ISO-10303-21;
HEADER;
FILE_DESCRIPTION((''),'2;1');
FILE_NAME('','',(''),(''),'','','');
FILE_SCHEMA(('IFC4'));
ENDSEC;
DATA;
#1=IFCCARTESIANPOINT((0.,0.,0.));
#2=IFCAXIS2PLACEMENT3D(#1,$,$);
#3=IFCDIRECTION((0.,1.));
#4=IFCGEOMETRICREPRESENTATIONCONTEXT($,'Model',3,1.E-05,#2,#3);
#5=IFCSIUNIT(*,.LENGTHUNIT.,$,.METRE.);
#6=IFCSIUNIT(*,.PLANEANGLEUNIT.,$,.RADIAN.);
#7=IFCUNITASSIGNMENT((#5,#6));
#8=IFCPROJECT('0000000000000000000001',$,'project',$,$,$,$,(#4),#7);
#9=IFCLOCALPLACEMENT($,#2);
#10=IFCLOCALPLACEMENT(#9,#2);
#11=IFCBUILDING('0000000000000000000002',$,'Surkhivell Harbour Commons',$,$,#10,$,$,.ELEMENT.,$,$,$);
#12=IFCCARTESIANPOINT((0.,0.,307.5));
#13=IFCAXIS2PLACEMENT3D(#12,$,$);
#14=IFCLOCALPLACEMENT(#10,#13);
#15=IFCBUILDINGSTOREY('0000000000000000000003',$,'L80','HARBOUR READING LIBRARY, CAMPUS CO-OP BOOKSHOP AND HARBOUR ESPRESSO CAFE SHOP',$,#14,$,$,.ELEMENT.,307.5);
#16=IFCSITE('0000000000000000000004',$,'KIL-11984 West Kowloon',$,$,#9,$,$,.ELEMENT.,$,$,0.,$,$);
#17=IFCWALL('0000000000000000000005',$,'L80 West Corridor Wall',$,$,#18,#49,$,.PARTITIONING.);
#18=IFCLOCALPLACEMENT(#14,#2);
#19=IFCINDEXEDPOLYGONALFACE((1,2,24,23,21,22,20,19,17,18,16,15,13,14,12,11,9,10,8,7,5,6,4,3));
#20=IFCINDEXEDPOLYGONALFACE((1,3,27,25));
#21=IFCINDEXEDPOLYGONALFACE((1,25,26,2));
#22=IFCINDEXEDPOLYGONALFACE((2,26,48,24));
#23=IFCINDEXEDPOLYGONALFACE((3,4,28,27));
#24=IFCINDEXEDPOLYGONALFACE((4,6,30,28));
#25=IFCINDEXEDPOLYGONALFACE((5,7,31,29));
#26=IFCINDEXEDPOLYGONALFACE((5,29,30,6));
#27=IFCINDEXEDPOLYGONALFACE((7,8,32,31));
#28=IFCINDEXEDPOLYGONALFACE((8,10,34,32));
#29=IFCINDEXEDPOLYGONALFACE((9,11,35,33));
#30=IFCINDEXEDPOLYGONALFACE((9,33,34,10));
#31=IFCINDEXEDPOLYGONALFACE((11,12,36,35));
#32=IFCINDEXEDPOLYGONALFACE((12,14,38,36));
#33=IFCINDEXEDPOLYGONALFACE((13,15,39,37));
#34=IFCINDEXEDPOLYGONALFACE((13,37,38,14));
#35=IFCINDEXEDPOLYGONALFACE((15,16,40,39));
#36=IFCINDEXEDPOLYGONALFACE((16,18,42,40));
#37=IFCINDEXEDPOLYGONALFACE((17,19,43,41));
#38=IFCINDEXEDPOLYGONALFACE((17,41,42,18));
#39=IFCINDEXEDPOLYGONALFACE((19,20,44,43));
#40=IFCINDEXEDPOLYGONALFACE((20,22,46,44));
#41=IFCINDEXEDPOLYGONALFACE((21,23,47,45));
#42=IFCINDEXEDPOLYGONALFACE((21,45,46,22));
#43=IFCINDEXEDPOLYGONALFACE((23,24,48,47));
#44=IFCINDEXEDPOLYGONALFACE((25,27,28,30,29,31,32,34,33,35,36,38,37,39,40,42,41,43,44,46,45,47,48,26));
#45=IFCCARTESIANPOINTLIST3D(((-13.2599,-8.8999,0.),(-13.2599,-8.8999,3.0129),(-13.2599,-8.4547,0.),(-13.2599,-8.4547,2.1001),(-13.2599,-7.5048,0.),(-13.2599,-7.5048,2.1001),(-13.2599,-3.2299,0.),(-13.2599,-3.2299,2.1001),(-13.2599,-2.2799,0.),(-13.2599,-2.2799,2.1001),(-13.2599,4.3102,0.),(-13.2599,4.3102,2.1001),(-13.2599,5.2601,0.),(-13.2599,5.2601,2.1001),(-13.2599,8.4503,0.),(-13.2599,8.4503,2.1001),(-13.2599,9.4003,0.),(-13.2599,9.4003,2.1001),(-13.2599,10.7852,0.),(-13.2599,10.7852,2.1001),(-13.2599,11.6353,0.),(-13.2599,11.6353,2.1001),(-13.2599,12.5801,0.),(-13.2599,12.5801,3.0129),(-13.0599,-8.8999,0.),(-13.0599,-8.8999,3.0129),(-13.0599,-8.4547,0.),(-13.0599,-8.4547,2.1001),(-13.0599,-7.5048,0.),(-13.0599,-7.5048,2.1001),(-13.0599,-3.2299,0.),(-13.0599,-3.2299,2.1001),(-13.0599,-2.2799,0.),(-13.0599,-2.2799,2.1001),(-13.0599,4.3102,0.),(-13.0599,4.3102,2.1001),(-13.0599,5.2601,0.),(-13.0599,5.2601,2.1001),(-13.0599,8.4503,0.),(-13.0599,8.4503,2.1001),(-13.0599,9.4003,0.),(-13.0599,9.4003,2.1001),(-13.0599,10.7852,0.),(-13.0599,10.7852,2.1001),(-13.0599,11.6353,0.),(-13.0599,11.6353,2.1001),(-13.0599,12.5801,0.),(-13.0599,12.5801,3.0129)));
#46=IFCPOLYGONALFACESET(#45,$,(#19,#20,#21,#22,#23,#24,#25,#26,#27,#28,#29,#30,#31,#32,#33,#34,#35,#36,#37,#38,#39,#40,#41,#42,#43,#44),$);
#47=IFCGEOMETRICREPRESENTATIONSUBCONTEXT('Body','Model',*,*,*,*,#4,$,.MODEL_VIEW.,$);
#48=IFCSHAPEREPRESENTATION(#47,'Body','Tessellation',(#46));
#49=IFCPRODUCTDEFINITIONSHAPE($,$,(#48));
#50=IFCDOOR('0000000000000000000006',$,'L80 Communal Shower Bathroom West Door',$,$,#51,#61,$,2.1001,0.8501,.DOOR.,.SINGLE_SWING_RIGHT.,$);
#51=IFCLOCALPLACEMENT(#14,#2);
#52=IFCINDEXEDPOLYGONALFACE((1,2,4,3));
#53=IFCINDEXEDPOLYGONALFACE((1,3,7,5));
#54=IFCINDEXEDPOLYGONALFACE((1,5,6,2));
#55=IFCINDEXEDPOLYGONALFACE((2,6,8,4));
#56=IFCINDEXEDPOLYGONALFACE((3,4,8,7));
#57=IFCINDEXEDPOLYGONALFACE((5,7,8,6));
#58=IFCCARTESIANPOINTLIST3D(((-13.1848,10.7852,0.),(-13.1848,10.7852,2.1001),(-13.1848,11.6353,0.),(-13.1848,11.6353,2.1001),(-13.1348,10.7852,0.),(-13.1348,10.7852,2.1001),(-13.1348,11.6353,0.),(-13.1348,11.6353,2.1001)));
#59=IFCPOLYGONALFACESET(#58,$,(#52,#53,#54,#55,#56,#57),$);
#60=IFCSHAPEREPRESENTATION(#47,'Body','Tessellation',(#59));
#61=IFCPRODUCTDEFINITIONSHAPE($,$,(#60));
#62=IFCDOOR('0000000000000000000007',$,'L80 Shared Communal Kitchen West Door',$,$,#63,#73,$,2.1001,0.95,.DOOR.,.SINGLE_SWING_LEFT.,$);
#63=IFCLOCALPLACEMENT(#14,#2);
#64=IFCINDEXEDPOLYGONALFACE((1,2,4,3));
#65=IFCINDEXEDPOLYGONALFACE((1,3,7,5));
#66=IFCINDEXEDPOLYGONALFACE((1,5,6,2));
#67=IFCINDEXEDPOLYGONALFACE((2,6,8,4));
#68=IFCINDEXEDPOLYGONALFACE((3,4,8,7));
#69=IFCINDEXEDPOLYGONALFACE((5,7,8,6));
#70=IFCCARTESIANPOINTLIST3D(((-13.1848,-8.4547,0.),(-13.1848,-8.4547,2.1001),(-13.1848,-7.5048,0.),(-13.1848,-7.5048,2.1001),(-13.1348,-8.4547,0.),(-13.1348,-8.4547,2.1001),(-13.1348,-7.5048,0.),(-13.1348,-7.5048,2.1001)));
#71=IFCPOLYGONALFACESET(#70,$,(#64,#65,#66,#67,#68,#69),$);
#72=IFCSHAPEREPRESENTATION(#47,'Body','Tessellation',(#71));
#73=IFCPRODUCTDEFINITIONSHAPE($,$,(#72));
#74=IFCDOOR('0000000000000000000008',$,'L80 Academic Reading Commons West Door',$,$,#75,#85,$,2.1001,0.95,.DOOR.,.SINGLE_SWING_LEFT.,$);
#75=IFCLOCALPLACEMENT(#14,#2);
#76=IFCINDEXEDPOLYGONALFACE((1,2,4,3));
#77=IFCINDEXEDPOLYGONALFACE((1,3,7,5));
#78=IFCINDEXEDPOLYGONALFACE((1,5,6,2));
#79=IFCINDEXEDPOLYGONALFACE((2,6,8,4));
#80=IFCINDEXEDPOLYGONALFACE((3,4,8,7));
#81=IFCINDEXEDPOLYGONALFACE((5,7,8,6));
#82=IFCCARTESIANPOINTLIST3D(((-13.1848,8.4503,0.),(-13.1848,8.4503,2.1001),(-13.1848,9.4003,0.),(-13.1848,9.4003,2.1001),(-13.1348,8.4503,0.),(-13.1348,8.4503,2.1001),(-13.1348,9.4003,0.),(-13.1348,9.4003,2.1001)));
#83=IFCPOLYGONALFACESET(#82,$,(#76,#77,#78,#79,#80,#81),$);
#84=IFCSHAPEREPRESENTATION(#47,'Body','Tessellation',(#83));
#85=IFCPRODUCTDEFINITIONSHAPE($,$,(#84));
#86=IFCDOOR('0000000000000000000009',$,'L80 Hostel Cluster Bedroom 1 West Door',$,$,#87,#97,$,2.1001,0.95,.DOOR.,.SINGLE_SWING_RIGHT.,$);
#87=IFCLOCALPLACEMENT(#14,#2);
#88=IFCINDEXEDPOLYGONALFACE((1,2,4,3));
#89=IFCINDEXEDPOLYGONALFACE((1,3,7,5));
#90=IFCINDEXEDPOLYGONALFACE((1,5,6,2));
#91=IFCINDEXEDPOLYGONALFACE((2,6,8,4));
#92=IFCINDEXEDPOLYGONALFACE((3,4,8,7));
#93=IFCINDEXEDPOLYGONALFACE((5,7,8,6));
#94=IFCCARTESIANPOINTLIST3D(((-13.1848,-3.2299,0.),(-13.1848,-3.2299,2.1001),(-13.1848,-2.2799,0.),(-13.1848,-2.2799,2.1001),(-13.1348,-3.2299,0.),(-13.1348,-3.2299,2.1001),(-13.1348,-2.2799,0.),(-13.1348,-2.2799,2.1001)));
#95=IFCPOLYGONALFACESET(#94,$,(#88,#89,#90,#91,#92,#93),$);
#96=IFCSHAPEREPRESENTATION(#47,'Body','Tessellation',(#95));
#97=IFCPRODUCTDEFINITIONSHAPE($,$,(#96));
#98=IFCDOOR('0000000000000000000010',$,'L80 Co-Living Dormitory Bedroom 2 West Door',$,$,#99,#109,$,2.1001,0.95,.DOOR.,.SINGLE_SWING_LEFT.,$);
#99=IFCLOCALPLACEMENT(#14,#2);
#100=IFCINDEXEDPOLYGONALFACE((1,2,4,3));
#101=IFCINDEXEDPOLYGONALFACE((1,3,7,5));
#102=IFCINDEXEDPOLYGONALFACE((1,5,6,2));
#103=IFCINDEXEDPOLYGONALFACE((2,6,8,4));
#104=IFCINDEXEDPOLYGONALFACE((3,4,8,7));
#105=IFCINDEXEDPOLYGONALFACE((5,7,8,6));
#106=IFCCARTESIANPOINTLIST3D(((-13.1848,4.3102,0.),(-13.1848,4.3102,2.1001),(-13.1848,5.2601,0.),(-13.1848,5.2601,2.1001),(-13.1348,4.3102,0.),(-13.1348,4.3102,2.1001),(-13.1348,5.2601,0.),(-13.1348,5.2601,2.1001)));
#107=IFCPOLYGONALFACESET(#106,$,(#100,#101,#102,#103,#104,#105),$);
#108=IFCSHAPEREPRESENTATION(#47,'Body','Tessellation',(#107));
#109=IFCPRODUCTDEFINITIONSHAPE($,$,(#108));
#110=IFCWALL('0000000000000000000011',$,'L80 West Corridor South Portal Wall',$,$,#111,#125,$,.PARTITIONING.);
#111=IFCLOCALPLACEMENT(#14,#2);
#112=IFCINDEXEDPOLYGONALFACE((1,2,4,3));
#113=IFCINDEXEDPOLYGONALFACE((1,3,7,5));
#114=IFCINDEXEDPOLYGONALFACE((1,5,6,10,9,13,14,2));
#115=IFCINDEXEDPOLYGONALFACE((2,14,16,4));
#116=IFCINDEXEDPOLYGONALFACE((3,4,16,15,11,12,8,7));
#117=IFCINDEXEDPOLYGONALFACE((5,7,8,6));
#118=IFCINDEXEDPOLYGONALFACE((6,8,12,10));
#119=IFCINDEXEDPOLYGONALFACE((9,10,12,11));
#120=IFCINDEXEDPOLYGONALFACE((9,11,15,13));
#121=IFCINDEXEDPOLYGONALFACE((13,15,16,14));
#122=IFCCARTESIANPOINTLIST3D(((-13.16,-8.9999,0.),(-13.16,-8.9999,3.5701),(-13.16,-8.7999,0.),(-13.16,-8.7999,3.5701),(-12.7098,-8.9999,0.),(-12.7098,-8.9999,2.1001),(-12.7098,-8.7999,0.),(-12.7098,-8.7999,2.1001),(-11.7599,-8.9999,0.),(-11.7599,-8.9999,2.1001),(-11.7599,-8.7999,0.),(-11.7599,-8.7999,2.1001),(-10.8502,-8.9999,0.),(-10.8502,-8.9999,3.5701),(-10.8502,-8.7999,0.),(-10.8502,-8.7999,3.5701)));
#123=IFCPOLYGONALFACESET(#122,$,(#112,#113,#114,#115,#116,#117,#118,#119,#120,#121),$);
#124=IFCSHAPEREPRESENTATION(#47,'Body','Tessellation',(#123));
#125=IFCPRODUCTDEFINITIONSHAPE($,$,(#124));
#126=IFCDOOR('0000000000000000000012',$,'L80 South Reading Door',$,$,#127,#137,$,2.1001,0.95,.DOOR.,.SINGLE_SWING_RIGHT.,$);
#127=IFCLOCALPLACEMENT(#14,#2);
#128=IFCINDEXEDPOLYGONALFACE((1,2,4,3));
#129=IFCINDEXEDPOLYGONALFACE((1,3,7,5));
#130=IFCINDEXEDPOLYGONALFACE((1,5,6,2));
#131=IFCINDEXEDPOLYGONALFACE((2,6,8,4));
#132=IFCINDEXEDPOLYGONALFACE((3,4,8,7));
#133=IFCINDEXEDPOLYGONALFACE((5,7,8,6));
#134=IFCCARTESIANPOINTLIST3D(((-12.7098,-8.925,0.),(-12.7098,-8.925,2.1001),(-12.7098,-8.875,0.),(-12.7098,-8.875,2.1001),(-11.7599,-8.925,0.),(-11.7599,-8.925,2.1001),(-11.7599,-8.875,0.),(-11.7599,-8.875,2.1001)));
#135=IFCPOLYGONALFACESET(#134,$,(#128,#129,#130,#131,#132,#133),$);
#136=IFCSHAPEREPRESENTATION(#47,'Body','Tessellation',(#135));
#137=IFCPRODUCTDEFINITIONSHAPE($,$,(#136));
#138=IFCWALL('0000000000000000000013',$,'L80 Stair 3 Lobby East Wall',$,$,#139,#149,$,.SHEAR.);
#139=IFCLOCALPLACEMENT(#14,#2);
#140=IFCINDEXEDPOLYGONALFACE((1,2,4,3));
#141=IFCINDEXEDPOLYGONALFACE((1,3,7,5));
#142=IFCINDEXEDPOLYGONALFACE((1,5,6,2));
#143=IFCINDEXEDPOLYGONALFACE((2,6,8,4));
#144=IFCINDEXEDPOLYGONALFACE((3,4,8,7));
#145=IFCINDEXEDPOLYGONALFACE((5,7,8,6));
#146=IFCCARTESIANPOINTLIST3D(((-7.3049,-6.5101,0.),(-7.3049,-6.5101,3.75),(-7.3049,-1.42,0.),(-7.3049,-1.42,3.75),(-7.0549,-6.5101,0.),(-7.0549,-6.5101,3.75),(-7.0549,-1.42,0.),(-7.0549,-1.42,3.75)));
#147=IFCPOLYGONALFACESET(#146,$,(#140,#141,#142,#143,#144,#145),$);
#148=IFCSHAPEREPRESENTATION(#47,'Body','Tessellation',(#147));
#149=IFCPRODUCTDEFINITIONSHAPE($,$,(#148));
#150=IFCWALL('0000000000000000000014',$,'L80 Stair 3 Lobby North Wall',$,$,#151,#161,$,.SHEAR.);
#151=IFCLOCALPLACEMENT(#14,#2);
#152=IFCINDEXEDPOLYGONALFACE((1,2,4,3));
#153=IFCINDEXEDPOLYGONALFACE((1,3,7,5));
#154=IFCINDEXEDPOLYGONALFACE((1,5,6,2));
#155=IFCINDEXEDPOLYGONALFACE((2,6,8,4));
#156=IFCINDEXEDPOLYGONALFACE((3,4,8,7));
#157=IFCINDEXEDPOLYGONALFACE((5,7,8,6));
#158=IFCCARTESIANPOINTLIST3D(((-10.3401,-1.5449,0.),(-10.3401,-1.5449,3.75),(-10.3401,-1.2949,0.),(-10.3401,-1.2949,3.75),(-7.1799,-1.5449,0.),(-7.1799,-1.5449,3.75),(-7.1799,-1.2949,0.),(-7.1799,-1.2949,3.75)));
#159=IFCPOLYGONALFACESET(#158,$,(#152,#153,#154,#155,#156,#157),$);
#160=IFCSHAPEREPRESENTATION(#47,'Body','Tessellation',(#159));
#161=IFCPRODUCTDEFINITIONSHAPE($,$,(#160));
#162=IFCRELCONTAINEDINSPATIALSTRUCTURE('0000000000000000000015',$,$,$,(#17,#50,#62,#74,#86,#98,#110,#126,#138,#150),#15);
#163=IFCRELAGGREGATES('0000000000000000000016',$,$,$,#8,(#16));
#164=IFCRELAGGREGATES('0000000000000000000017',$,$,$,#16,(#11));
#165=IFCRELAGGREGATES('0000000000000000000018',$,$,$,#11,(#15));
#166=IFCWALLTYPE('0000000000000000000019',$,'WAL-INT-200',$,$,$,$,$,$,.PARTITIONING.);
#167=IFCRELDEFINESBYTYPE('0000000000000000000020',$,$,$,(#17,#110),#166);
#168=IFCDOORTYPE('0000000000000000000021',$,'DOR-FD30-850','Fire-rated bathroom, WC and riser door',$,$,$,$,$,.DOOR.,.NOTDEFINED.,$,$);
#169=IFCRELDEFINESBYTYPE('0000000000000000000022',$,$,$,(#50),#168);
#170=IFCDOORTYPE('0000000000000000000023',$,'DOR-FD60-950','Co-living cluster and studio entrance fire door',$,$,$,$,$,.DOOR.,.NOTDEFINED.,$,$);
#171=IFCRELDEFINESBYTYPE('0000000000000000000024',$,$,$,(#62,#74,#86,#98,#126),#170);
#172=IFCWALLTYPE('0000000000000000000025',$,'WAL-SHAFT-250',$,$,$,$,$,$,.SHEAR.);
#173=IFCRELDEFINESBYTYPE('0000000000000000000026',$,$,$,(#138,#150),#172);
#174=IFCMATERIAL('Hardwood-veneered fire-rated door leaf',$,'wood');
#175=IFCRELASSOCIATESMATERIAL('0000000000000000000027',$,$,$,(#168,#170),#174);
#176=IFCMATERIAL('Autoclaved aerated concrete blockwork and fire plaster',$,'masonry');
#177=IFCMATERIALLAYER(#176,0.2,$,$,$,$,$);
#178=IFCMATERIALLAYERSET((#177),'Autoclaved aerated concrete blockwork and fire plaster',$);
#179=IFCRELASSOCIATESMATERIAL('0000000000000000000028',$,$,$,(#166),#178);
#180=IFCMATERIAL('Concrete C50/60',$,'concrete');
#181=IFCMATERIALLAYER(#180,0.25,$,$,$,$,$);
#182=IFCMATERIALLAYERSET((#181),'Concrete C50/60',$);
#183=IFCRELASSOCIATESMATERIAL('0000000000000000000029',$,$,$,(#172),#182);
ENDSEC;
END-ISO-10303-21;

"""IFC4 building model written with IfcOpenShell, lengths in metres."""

from ifc_helpers import new_model, si_unit, direction, frame, frame_2d, origin, place, context, subcontext, project, spatial, rectangle, extrude, material, layer, layer_set, type_object, element, fill, save


model = new_model("IFC4")

# Units and contexts
model_context = context("Model", 3, precision=1e-05, world=origin(), true_north=direction((0.0, 1.0)))
body_context = subcontext(model_context, "Body", "Model", "MODEL_VIEW")
ifc_project = project(units=[si_unit("LENGTHUNIT", "METRE"), si_unit("PLANEANGLEUNIT", "RADIAN")], contexts=[model_context])

# Site, building, storey
site_placement = place(None, origin())
site = spatial("IfcSite", under=ifc_project, at=site_placement, Name="KIL-11984 West Kowloon", CompositionType="ELEMENT", RefElevation=0.0)
building_placement = place(site_placement, origin())
building = spatial("IfcBuilding", under=site, at=building_placement, Name="Surkhivell Harbour Commons", CompositionType="ELEMENT")
storey_placement = place(building_placement, frame((0.0, 0.0, 307.5)))
storey = spatial("IfcBuildingStorey", under=building, at=storey_placement, Name="L80", Description="HARBOUR READING LIBRARY, CAMPUS CO-OP BOOKSHOP AND HARBOUR ESPRESSO CAFE SHOP", CompositionType="ELEMENT", Elevation=307.5)

# Shared definitions
ifc_material_1 = material(Name="Concrete C50/60", Category="concrete")

# Shared definitions
ifc_material_2 = material(Name="Hardwood-veneered fire-rated door leaf", Category="wood")
door_type_1 = type_object("IfcDoorType", Name="DOR-FD30-850", Description="Fire-rated bathroom, WC and riser door", OperationType="NOTDEFINED", PredefinedType="DOOR", material=ifc_material_2)

# Wall, openings, doors
ifc_material_3 = material(Name="Autoclaved aerated concrete blockwork and fire plaster", Category="masonry")
ifc_layer_1 = layer(ifc_material_3, 0.2)
ifc_layer_set_1 = layer_set([ifc_layer_1], Name="Autoclaved aerated concrete blockwork and fire plaster")
wall_type_1 = type_object("IfcWallType", Name="WAL-INT-200", PredefinedType="PARTITIONING", material=ifc_layer_set_1)
wall_1_placement = place(storey_placement, frame((-13.1599, -8.8999, 0.0), z_axis=(0.0, 0.0, 1.0), x_axis=(0.0, 1.0, 0.0)))
wall_1 = element("IfcWall", 1, at=wall_1_placement, inside=storey, type_object=wall_type_1, Name="L80 West Corridor Wall", PredefinedType="PARTITIONING", context=body_context, shape_type="SweptSolid", body=[
    extrude(rectangle(XDim=21.48, YDim=0.2, at=frame_2d((10.74, 0.0))), origin(), (0.0, 0.0, 1.0), 3.0129),
])
opening_1_placement = place(wall_1_placement, frame((0.4451, 0.0, 0.0)))
opening_1 = element("IfcOpeningElement", 2, at=opening_1_placement, cuts=wall_1, PredefinedType="OPENING", context=body_context, shape_type="SweptSolid", body=[
    extrude(rectangle(XDim=0.95, YDim=2.1001, at=frame_2d((0.4751, 1.05))), frame((0.0, 0.1099, 0.0), z_axis=(0.0, -1.0, 0.0), x_axis=(1.0, 0.0, 0.0)), (0.0, 0.0, 1.0), 0.22),
])
opening_2_placement = place(wall_1_placement, frame((19.6851, 0.0, 0.0)))
opening_2 = element("IfcOpeningElement", 3, at=opening_2_placement, cuts=wall_1, PredefinedType="OPENING", context=body_context, shape_type="SweptSolid", body=[
    extrude(rectangle(XDim=0.8501, YDim=2.1001, at=frame_2d((0.425, 1.05))), frame((0.0, 0.1099, 0.0), z_axis=(0.0, -1.0, 0.0), x_axis=(1.0, 0.0, 0.0)), (0.0, 0.0, 1.0), 0.22),
])
opening_3_placement = place(wall_1_placement, frame((17.3501, 0.0, 0.0)))
opening_3 = element("IfcOpeningElement", 4, at=opening_3_placement, cuts=wall_1, PredefinedType="OPENING", context=body_context, shape_type="SweptSolid", body=[
    extrude(rectangle(XDim=0.95, YDim=2.1001, at=frame_2d((0.4751, 1.05))), frame((0.0, 0.1099, 0.0), z_axis=(0.0, -1.0, 0.0), x_axis=(1.0, 0.0, 0.0)), (0.0, 0.0, 1.0), 0.22),
])
opening_4_placement = place(wall_1_placement, frame((5.6699, 0.0, 0.0)))
opening_4 = element("IfcOpeningElement", 5, at=opening_4_placement, cuts=wall_1, PredefinedType="OPENING", context=body_context, shape_type="SweptSolid", body=[
    extrude(rectangle(XDim=0.95, YDim=2.1001, at=frame_2d((0.4751, 1.05))), frame((0.0, 0.1099, 0.0), z_axis=(0.0, -1.0, 0.0), x_axis=(1.0, 0.0, 0.0)), (0.0, 0.0, 1.0), 0.22),
])
opening_5_placement = place(wall_1_placement, frame((13.21, 0.0, 0.0)))
opening_5 = element("IfcOpeningElement", 6, at=opening_5_placement, cuts=wall_1, PredefinedType="OPENING", context=body_context, shape_type="SweptSolid", body=[
    extrude(rectangle(XDim=0.95, YDim=2.1001, at=frame_2d((0.4751, 1.05))), frame((0.0, 0.1099, 0.0), z_axis=(0.0, -1.0, 0.0), x_axis=(1.0, 0.0, 0.0)), (0.0, 0.0, 1.0), 0.22),
])
door_1_placement = place(opening_2_placement, origin())
door_1 = element("IfcDoor", 7, at=door_1_placement, inside=storey, type_object=door_type_1, Name="L80 Communal Shower Bathroom West Door", OperationType="SINGLE_SWING_RIGHT", OverallHeight=2.1001, OverallWidth=0.8501, PredefinedType="DOOR", context=body_context, shape_type="SweptSolid", body=[
    extrude(rectangle(XDim=0.8501, YDim=2.1001, at=frame_2d((0.425, 1.05))), frame((0.0, 0.0249, 0.0), z_axis=(0.0, -1.0, 0.0), x_axis=(1.0, 0.0, 0.0)), (0.0, 0.0, 1.0), 0.05),
])
fill(opening_2, door_1)
door_type_2 = type_object("IfcDoorType", Name="DOR-FD60-950", Description="Co-living cluster and studio entrance fire door", OperationType="NOTDEFINED", PredefinedType="DOOR", material=ifc_material_2)
door_2_placement = place(opening_1_placement, origin())
door_2 = element("IfcDoor", 8, at=door_2_placement, inside=storey, type_object=door_type_2, Name="L80 Shared Communal Kitchen West Door", OperationType="SINGLE_SWING_LEFT", OverallHeight=2.1001, OverallWidth=0.95, PredefinedType="DOOR", context=body_context, shape_type="SweptSolid", body=[
    extrude(rectangle(XDim=0.95, YDim=2.1001, at=frame_2d((0.4751, 1.05))), frame((0.0, 0.0249, 0.0), z_axis=(0.0, -1.0, 0.0), x_axis=(1.0, 0.0, 0.0)), (0.0, 0.0, 1.0), 0.05),
])
fill(opening_1, door_2)
door_3_placement = place(opening_3_placement, origin())
door_3 = element("IfcDoor", 9, at=door_3_placement, inside=storey, type_object=door_type_2, Name="L80 Academic Reading Commons West Door", OperationType="SINGLE_SWING_LEFT", OverallHeight=2.1001, OverallWidth=0.95, PredefinedType="DOOR", context=body_context, shape_type="SweptSolid", body=[
    extrude(rectangle(XDim=0.95, YDim=2.1001, at=frame_2d((0.4751, 1.05))), frame((0.0, 0.0249, 0.0), z_axis=(0.0, -1.0, 0.0), x_axis=(1.0, 0.0, 0.0)), (0.0, 0.0, 1.0), 0.05),
])
fill(opening_3, door_3)
door_4_placement = place(opening_4_placement, origin())
door_4 = element("IfcDoor", 10, at=door_4_placement, inside=storey, type_object=door_type_2, Name="L80 Hostel Cluster Bedroom 1 West Door", OperationType="SINGLE_SWING_RIGHT", OverallHeight=2.1001, OverallWidth=0.95, PredefinedType="DOOR", context=body_context, shape_type="SweptSolid", body=[
    extrude(rectangle(XDim=0.95, YDim=2.1001, at=frame_2d((0.4751, 1.05))), frame((0.0, 0.0249, 0.0), z_axis=(0.0, -1.0, 0.0), x_axis=(1.0, 0.0, 0.0)), (0.0, 0.0, 1.0), 0.05),
])
fill(opening_4, door_4)
door_5_placement = place(opening_5_placement, origin())
door_5 = element("IfcDoor", 11, at=door_5_placement, inside=storey, type_object=door_type_2, Name="L80 Co-Living Dormitory Bedroom 2 West Door", OperationType="SINGLE_SWING_LEFT", OverallHeight=2.1001, OverallWidth=0.95, PredefinedType="DOOR", context=body_context, shape_type="SweptSolid", body=[
    extrude(rectangle(XDim=0.95, YDim=2.1001, at=frame_2d((0.4751, 1.05))), frame((0.0, 0.0249, 0.0), z_axis=(0.0, -1.0, 0.0), x_axis=(1.0, 0.0, 0.0)), (0.0, 0.0, 1.0), 0.05),
])
fill(opening_5, door_5)

# Wall, opening, door
wall_2_placement = place(storey_placement, frame((-13.1599, -8.8999, 0.0), z_axis=(0.0, 0.0, 1.0), x_axis=(1.0, 0.0, 0.0)))
wall_2 = element("IfcWall", 12, at=wall_2_placement, inside=storey, type_object=wall_type_1, Name="L80 West Corridor South Portal Wall", PredefinedType="PARTITIONING", context=body_context, shape_type="SweptSolid", body=[
    extrude(rectangle(XDim=2.3098, YDim=0.2, at=frame_2d((1.1548, 0.0))), origin(), (0.0, 0.0, 1.0), 3.5701),
])
opening_6_placement = place(wall_2_placement, frame((0.45, 0.0, 0.0)))
opening_6 = element("IfcOpeningElement", 13, at=opening_6_placement, cuts=wall_2, PredefinedType="OPENING", context=body_context, shape_type="SweptSolid", body=[
    extrude(rectangle(XDim=0.95, YDim=2.1001, at=frame_2d((0.4751, 1.05))), frame((0.0, 0.1099, 0.0), z_axis=(0.0, -1.0, 0.0), x_axis=(1.0, 0.0, 0.0)), (0.0, 0.0, 1.0), 0.22),
])
door_6_placement = place(opening_6_placement, origin())
door_6 = element("IfcDoor", 14, at=door_6_placement, inside=storey, type_object=door_type_2, Name="L80 South Reading Door", OperationType="SINGLE_SWING_RIGHT", OverallHeight=2.1001, OverallWidth=0.95, PredefinedType="DOOR", context=body_context, shape_type="SweptSolid", body=[
    extrude(rectangle(XDim=0.95, YDim=2.1001, at=frame_2d((0.4751, 1.05))), frame((0.0, 0.0249, 0.0), z_axis=(0.0, -1.0, 0.0), x_axis=(1.0, 0.0, 0.0)), (0.0, 0.0, 1.0), 0.05),
])
fill(opening_6, door_6)

# Walls
ifc_layer_2 = layer(ifc_material_1, 0.25)
ifc_layer_set_2 = layer_set([ifc_layer_2], Name="Concrete C50/60")
wall_type_2 = type_object("IfcWallType", Name="WAL-SHAFT-250", PredefinedType="SHEAR", material=ifc_layer_set_2)
wall_3_placement = place(storey_placement, frame((-7.1799, -6.51, 0.0), z_axis=(0.0, 0.0, 1.0), x_axis=(0.0, 1.0, 0.0)))
element("IfcWall", 15, at=wall_3_placement, inside=storey, type_object=wall_type_2, Name="L80 Stair 3 Lobby East Wall", PredefinedType="SHEAR", context=body_context, shape_type="SweptSolid", body=[
    extrude(rectangle(XDim=5.0901, YDim=0.25, at=frame_2d((2.5449, 0.0))), origin(), (0.0, 0.0, 1.0), 3.75),
])
wall_4_placement = place(storey_placement, frame((-10.3401, -1.4199, 0.0), z_axis=(0.0, 0.0, 1.0), x_axis=(1.0, 0.0, 0.0)))
element("IfcWall", 16, at=wall_4_placement, inside=storey, type_object=wall_type_2, Name="L80 Stair 3 Lobby North Wall", PredefinedType="SHEAR", context=body_context, shape_type="SweptSolid", body=[
    extrude(rectangle(XDim=3.1602, YDim=0.25, at=frame_2d((1.5801, 0.0))), origin(), (0.0, 0.0, 1.0), 3.75),
])

save(model, "model.ifc")
